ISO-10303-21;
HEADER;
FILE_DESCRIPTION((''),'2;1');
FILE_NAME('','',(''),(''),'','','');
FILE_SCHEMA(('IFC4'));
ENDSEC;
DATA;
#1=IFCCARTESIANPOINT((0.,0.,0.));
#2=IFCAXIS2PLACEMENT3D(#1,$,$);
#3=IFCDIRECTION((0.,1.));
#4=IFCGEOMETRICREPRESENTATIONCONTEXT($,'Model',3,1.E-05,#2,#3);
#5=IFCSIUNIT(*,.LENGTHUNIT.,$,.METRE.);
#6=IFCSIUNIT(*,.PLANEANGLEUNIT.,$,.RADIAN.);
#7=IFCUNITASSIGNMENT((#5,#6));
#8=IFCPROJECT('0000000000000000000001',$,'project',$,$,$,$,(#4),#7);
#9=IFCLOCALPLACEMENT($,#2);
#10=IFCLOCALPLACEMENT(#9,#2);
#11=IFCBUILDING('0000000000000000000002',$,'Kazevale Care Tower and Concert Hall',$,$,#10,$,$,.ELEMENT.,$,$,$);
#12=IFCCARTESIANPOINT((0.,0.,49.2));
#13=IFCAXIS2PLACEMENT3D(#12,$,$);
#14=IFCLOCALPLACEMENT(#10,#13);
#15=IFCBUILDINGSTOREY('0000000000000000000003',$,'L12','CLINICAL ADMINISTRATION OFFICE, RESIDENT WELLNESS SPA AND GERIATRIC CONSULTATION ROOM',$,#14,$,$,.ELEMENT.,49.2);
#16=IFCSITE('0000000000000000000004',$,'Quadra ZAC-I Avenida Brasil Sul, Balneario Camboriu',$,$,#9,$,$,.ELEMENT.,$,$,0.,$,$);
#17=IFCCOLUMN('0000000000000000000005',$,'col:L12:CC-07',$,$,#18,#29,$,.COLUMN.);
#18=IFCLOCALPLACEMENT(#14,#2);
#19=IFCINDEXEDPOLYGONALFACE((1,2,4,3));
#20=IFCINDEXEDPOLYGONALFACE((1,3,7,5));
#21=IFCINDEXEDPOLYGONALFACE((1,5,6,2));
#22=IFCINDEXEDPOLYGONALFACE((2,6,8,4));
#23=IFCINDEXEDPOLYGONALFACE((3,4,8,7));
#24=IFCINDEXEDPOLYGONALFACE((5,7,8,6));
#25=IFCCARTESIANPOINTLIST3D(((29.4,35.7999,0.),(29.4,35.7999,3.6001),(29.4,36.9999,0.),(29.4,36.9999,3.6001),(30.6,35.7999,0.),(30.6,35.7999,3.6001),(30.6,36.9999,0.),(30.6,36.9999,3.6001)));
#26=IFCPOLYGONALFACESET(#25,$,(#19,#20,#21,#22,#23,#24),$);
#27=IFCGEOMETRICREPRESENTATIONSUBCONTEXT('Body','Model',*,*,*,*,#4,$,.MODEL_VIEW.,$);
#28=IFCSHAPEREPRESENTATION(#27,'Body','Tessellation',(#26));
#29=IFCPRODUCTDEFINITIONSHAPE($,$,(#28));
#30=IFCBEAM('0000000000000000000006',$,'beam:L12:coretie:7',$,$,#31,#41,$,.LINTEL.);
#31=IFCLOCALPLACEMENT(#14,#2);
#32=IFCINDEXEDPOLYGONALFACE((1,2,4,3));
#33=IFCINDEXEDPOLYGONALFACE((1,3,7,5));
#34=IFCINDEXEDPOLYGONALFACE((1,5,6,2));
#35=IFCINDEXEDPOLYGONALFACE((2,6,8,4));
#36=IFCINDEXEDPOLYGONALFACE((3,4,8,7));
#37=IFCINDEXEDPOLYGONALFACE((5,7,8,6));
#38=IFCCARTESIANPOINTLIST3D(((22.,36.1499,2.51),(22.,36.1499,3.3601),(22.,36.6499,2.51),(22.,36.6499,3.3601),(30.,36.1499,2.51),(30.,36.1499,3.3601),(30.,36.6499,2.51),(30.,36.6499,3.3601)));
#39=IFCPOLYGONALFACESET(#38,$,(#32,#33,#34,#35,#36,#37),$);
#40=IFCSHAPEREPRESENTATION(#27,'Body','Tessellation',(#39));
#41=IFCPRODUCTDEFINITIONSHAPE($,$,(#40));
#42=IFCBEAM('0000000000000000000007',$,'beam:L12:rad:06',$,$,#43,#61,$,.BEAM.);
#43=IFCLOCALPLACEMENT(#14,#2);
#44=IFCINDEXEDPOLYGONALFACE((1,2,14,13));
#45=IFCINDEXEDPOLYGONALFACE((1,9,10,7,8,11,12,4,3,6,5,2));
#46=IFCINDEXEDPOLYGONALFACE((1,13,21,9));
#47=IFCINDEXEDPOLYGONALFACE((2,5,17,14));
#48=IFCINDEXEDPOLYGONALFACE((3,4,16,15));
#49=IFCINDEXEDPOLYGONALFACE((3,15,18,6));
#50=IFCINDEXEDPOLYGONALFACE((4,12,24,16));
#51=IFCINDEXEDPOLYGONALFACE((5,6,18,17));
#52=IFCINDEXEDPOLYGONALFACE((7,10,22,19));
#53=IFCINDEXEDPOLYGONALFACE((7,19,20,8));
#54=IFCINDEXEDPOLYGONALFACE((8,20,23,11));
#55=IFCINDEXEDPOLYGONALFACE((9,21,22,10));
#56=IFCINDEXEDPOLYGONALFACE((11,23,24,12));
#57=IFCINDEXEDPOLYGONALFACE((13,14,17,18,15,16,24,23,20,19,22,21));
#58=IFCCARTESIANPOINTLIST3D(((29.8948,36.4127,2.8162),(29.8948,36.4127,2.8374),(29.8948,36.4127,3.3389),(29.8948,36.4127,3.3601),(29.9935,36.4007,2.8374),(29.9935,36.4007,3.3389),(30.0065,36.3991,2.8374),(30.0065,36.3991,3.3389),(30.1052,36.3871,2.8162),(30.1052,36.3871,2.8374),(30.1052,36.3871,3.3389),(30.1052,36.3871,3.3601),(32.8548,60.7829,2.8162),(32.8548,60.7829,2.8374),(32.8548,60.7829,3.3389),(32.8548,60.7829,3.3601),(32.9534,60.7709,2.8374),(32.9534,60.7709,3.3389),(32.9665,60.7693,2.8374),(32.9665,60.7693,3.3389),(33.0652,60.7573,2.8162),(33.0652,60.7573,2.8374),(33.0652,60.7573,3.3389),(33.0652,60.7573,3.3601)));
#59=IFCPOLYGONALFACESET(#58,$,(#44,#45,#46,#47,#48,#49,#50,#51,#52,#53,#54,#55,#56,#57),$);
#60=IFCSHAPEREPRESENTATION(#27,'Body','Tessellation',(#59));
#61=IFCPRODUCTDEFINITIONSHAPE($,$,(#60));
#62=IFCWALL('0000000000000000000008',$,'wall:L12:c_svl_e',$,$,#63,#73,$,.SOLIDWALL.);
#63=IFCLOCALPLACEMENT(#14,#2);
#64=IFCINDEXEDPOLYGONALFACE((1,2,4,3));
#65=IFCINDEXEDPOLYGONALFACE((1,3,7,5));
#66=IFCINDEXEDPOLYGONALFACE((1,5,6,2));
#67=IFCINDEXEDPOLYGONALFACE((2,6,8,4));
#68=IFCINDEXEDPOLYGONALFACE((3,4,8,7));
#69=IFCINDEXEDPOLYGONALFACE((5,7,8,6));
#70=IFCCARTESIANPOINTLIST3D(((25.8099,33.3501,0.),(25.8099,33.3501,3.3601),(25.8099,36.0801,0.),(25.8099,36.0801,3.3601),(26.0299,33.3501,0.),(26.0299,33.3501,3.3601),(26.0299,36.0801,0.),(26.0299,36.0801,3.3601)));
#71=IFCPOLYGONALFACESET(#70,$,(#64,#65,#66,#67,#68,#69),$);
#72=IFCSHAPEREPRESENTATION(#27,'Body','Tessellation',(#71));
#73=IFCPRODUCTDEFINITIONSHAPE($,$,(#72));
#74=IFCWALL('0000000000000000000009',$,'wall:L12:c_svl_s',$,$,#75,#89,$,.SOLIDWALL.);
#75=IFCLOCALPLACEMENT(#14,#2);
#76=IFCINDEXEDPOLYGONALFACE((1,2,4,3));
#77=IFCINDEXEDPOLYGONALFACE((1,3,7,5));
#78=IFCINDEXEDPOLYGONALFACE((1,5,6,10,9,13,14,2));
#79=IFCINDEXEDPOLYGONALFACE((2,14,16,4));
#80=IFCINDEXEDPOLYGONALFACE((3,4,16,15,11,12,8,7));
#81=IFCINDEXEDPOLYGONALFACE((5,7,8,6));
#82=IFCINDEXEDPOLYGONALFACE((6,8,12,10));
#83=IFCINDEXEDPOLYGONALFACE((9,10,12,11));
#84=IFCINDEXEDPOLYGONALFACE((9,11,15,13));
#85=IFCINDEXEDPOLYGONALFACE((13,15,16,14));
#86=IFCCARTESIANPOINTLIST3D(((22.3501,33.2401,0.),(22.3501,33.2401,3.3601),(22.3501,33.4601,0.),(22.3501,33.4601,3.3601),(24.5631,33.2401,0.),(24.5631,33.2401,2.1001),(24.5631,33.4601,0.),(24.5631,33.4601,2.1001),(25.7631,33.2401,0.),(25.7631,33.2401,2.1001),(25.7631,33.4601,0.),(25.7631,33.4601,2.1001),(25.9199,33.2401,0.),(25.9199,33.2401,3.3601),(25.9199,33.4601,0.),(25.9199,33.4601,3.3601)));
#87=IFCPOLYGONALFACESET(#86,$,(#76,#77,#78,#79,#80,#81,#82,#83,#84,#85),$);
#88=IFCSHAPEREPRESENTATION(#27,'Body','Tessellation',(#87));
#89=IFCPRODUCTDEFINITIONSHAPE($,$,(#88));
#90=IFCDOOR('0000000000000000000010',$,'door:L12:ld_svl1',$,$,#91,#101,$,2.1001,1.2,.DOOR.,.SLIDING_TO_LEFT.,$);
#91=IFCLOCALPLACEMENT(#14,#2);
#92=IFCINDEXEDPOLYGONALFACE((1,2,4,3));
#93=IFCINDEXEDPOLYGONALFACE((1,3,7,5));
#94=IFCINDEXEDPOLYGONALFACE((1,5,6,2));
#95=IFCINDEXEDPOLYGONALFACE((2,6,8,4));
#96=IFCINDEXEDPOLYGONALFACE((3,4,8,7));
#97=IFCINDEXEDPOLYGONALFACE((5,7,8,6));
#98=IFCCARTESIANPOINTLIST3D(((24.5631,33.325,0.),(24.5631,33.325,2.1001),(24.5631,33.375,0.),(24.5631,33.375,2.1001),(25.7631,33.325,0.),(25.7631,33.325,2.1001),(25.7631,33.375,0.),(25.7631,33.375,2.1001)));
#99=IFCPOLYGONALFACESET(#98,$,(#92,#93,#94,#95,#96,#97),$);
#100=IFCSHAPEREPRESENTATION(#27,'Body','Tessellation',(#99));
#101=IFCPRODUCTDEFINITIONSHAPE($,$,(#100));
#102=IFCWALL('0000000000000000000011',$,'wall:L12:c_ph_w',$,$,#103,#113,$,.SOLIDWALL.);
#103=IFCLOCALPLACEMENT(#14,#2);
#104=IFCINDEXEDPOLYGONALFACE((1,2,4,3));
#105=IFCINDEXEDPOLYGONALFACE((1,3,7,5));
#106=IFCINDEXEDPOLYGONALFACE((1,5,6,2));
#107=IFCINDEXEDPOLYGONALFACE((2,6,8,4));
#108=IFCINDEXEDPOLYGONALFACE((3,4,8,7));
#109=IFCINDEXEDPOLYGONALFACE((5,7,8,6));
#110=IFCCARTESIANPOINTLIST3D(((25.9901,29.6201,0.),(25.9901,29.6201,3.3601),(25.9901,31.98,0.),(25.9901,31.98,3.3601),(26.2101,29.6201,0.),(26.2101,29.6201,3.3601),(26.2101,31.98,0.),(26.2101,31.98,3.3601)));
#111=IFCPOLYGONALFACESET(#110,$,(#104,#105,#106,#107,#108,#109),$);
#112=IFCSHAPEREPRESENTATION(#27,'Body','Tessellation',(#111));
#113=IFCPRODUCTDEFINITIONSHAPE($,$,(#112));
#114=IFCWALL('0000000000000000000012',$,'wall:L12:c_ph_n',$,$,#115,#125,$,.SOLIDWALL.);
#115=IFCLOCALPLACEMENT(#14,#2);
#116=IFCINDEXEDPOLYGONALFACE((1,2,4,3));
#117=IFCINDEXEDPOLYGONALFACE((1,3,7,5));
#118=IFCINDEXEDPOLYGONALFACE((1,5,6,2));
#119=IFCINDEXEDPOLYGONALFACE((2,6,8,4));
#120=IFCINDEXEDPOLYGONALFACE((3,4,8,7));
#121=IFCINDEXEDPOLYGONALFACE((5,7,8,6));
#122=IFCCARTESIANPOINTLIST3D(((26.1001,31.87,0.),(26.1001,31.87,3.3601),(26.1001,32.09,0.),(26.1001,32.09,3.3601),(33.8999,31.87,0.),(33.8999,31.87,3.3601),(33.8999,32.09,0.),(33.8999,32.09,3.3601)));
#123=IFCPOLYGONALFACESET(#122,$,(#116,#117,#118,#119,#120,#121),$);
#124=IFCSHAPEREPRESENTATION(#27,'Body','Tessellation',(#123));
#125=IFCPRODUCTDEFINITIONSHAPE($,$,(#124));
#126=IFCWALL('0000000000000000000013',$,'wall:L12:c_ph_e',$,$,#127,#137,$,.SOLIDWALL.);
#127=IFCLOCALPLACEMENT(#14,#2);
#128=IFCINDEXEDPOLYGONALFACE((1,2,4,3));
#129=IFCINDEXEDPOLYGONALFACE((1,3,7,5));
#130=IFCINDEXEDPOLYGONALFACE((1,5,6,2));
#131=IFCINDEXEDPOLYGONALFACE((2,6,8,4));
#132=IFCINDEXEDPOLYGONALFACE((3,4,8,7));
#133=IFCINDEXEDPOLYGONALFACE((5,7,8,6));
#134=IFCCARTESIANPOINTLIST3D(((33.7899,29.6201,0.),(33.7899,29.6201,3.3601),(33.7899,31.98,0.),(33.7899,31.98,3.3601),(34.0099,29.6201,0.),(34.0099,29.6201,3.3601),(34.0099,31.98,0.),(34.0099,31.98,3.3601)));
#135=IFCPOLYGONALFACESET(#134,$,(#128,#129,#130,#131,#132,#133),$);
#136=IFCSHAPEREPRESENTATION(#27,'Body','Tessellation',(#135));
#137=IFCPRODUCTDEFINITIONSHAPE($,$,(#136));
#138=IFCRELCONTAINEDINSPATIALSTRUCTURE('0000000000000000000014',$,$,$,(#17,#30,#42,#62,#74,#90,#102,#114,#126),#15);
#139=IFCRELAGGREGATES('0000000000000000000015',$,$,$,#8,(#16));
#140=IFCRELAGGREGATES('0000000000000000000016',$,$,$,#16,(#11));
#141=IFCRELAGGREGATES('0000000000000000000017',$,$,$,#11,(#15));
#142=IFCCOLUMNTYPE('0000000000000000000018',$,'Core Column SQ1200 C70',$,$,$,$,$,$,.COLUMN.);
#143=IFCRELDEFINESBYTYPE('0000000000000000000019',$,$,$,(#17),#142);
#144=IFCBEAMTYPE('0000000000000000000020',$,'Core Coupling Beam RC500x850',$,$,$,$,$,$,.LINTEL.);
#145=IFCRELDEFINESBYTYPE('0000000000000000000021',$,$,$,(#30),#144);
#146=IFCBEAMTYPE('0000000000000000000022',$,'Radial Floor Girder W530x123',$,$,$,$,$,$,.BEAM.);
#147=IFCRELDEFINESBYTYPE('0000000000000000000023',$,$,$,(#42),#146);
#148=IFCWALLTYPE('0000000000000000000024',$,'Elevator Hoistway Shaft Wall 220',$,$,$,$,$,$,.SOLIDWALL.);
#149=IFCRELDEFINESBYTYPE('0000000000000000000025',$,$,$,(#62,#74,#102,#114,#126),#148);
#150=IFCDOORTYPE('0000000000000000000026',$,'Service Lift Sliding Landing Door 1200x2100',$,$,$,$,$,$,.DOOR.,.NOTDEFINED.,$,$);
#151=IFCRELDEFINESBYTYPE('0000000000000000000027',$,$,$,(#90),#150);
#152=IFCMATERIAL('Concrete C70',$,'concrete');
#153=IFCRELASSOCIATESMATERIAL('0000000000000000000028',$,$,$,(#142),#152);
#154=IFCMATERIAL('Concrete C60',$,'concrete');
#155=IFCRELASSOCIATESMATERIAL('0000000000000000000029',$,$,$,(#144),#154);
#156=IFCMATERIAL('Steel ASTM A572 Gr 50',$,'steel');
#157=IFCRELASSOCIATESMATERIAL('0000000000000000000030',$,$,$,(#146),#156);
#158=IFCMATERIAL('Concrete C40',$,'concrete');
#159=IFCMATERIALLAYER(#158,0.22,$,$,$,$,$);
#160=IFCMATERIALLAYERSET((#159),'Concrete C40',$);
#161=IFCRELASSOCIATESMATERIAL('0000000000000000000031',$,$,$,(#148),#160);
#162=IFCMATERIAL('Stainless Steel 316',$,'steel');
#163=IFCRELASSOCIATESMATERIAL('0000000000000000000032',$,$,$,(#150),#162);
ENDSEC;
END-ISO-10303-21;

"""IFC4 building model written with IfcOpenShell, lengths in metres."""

from ifc_helpers import new_model, si_unit, direction, frame, frame_2d, origin, origin_2d, place, context, subcontext, project, spatial, rectangle, i_section, extrude, material, layer, layer_set, material_profile, profile_set, type_object, element, fill, save


model = new_model("IFC4")

# Units and contexts
model_context = context("Model", 3, precision=1e-05, world=origin(), true_north=direction((0.0, 1.0)))
body_context = subcontext(model_context, "Body", "Model", "MODEL_VIEW")
ifc_project = project(units=[si_unit("LENGTHUNIT", "METRE"), si_unit("PLANEANGLEUNIT", "RADIAN")], contexts=[model_context])

# Site, building, storey
site_placement = place(None, origin())
site = spatial("IfcSite", under=ifc_project, at=site_placement, Name="Quadra ZAC-I Avenida Brasil Sul, Balneario Camboriu", CompositionType="ELEMENT", RefElevation=0.0)
building_placement = place(site_placement, origin())
building = spatial("IfcBuilding", under=site, at=building_placement, Name="Kazevale Care Tower and Concert Hall", CompositionType="ELEMENT")
storey_placement = place(building_placement, frame((0.0, 0.0, 49.2)))
storey = spatial("IfcBuildingStorey", under=building, at=storey_placement, Name="L12", Description="CLINICAL ADMINISTRATION OFFICE, RESIDENT WELLNESS SPA AND GERIATRIC CONSULTATION ROOM", CompositionType="ELEMENT", Elevation=49.2)

# Column
ifc_material_1 = material(Name="Concrete C70", Category="concrete")
ifc_material_profile_1 = material_profile(ifc_material_1, rectangle(XDim=1.2, YDim=1.2, at=origin_2d()), Name="RC-SQ1200")
ifc_profile_set_1 = profile_set([ifc_material_profile_1], Name="Concrete C70")
column_type = type_object("IfcColumnType", Name="Core Column SQ1200 C70", PredefinedType="COLUMN", material=ifc_profile_set_1)
column_placement = place(storey_placement, frame((30.0, 36.3999, 0.0), z_axis=(0.0, 0.0, 1.0), x_axis=(1.0, 0.0, 0.0)))
element("IfcColumn", 1, at=column_placement, inside=storey, type_object=column_type, Name="col:L12:CC-07", PredefinedType="COLUMN", context=body_context, shape_type="SweptSolid", body=[
    extrude(rectangle(XDim=1.2, YDim=1.2, at=origin_2d()), origin(), (0.0, 0.0, 1.0), 3.6001),
])

# Beams
ifc_material_2 = material(Name="Concrete C60", Category="concrete")
ifc_material_profile_2 = material_profile(ifc_material_2, rectangle(XDim=0.5, YDim=0.8501, at=origin_2d()), Name="RC-B500x850")
ifc_profile_set_2 = profile_set([ifc_material_profile_2], Name="Concrete C60")
beam_type_1 = type_object("IfcBeamType", Name="Core Coupling Beam RC500x850", PredefinedType="LINTEL", material=ifc_profile_set_2)
beam_1_placement = place(storey_placement, frame((30.0, 36.3999, 2.9351), z_axis=(-1.0, 0.0, 0.0), x_axis=(0.0, -1.0, 0.0)))
element("IfcBeam", 2, at=beam_1_placement, inside=storey, type_object=beam_type_1, Name="beam:L12:coretie:7", PredefinedType="LINTEL", context=body_context, shape_type="SweptSolid", body=[
    extrude(rectangle(XDim=0.5, YDim=0.8501, at=origin_2d()), origin(), (0.0, 0.0, 1.0), 8.0),
])
ifc_material_3 = material(Name="Steel ASTM A572 Gr 50", Category="steel")
ifc_material_profile_3 = material_profile(ifc_material_3, i_section(OverallWidth=0.2119, OverallDepth=0.5439, WebThickness=0.0132, FlangeThickness=0.0212, at=origin_2d()), Name="W530x123")
ifc_profile_set_3 = profile_set([ifc_material_profile_3], Name="Steel ASTM A572 Gr 50")
beam_type_2 = type_object("IfcBeamType", Name="Radial Floor Girder W530x123", PredefinedType="BEAM", material=ifc_profile_set_3)
beam_2_placement = place(storey_placement, frame((30.0, 36.3999, 3.0881), z_axis=(0.120573, 0.992705, 0.0), x_axis=(-0.992705, 0.120573, 0.0)))
element("IfcBeam", 3, at=beam_2_placement, inside=storey, type_object=beam_type_2, Name="beam:L12:rad:06", PredefinedType="BEAM", context=body_context, shape_type="SweptSolid", body=[
    extrude(i_section(OverallWidth=0.2119, OverallDepth=0.5439, WebThickness=0.0132, FlangeThickness=0.0212, at=origin_2d()), origin(), (0.0, 0.0, 1.0), 24.5493),
])

# Wall
ifc_material_4 = material(Name="Concrete C40", Category="concrete")
ifc_layer = layer(ifc_material_4, 0.22)
ifc_layer_set = layer_set([ifc_layer], Name="Concrete C40")
wall_type = type_object("IfcWallType", Name="Elevator Hoistway Shaft Wall 220", PredefinedType="SOLIDWALL", material=ifc_layer_set)
wall_1_placement = place(storey_placement, frame((25.9199, 33.3501, 0.0), z_axis=(0.0, 0.0, 1.0), x_axis=(0.0, 1.0, 0.0)))
element("IfcWall", 4, at=wall_1_placement, inside=storey, type_object=wall_type, Name="wall:L12:c_svl_e", PredefinedType="SOLIDWALL", context=body_context, shape_type="SweptSolid", body=[
    extrude(rectangle(XDim=2.73, YDim=0.22, at=frame_2d((1.365, 0.0))), origin(), (0.0, 0.0, 1.0), 3.3601),
])

# Wall, opening, door
wall_2_placement = place(storey_placement, frame((22.3501, 33.3501, 0.0), z_axis=(0.0, 0.0, 1.0), x_axis=(1.0, 0.0, 0.0)))
wall_2 = element("IfcWall", 5, at=wall_2_placement, inside=storey, type_object=wall_type, Name="wall:L12:c_svl_s", PredefinedType="SOLIDWALL", context=body_context, shape_type="SweptSolid", body=[
    extrude(rectangle(XDim=3.5698, YDim=0.22, at=frame_2d((1.7849, 0.0))), origin(), (0.0, 0.0, 1.0), 3.3601),
])
opening_1_placement = place(wall_2_placement, frame((2.2129, 0.0, 0.0)))
opening_1 = element("IfcOpeningElement", 6, at=opening_1_placement, cuts=wall_2, PredefinedType="OPENING", context=body_context, shape_type="SweptSolid", body=[
    extrude(rectangle(XDim=1.2, YDim=2.1001, at=frame_2d((0.6001, 1.05))), frame((0.0, 0.1199, 0.0), z_axis=(0.0, -1.0, 0.0), x_axis=(1.0, 0.0, 0.0)), (0.0, 0.0, 1.0), 0.24),
])
ifc_material_5 = material(Name="Stainless Steel 316", Category="steel")
door_type_1 = type_object("IfcDoorType", Name="Service Lift Sliding Landing Door 1200x2100", OperationType="NOTDEFINED", PredefinedType="DOOR", material=ifc_material_5)
door_1_placement = place(opening_1_placement, origin())
door_1 = element("IfcDoor", 7, at=door_1_placement, inside=storey, type_object=door_type_1, Name="door:L12:ld_svl1", OperationType="SLIDING_TO_LEFT", OverallHeight=2.1001, OverallWidth=1.2, PredefinedType="DOOR", context=body_context, shape_type="SweptSolid", body=[
    extrude(rectangle(XDim=1.2, YDim=2.1001, at=frame_2d((0.6001, 1.05))), frame((0.0, 0.0249, 0.0), z_axis=(0.0, -1.0, 0.0), x_axis=(1.0, 0.0, 0.0)), (0.0, 0.0, 1.0), 0.05),
])
fill(opening_1, door_1)

# Walls
wall_3_placement = place(storey_placement, frame((26.1001, 29.6201, 0.0), z_axis=(0.0, 0.0, 1.0), x_axis=(0.0, 1.0, 0.0)))
element("IfcWall", 8, at=wall_3_placement, inside=storey, type_object=wall_type, Name="wall:L12:c_ph_w", PredefinedType="SOLIDWALL", context=body_context, shape_type="SweptSolid", body=[
    extrude(rectangle(XDim=2.3599, YDim=0.22, at=frame_2d((1.1799, 0.0))), origin(), (0.0, 0.0, 1.0), 3.3601),
])
wall_4_placement = place(storey_placement, frame((26.1001, 31.98, 0.0), z_axis=(0.0, 0.0, 1.0), x_axis=(1.0, 0.0, 0.0)))
element("IfcWall", 9, at=wall_4_placement, inside=storey, type_object=wall_type, Name="wall:L12:c_ph_n", PredefinedType="SOLIDWALL", context=body_context, shape_type="SweptSolid", body=[
    extrude(rectangle(XDim=7.7998, YDim=0.22, at=frame_2d((3.8999, 0.0))), origin(), (0.0, 0.0, 1.0), 3.3601),
])
wall_5_placement = place(storey_placement, frame((33.8999, 29.6201, 0.0), z_axis=(0.0, 0.0, 1.0), x_axis=(0.0, 1.0, 0.0)))
element("IfcWall", 10, at=wall_5_placement, inside=storey, type_object=wall_type, Name="wall:L12:c_ph_e", PredefinedType="SOLIDWALL", context=body_context, shape_type="SweptSolid", body=[
    extrude(rectangle(XDim=2.3599, YDim=0.22, at=frame_2d((1.1799, 0.0))), origin(), (0.0, 0.0, 1.0), 3.3601),
])

save(model, "model.ifc")
